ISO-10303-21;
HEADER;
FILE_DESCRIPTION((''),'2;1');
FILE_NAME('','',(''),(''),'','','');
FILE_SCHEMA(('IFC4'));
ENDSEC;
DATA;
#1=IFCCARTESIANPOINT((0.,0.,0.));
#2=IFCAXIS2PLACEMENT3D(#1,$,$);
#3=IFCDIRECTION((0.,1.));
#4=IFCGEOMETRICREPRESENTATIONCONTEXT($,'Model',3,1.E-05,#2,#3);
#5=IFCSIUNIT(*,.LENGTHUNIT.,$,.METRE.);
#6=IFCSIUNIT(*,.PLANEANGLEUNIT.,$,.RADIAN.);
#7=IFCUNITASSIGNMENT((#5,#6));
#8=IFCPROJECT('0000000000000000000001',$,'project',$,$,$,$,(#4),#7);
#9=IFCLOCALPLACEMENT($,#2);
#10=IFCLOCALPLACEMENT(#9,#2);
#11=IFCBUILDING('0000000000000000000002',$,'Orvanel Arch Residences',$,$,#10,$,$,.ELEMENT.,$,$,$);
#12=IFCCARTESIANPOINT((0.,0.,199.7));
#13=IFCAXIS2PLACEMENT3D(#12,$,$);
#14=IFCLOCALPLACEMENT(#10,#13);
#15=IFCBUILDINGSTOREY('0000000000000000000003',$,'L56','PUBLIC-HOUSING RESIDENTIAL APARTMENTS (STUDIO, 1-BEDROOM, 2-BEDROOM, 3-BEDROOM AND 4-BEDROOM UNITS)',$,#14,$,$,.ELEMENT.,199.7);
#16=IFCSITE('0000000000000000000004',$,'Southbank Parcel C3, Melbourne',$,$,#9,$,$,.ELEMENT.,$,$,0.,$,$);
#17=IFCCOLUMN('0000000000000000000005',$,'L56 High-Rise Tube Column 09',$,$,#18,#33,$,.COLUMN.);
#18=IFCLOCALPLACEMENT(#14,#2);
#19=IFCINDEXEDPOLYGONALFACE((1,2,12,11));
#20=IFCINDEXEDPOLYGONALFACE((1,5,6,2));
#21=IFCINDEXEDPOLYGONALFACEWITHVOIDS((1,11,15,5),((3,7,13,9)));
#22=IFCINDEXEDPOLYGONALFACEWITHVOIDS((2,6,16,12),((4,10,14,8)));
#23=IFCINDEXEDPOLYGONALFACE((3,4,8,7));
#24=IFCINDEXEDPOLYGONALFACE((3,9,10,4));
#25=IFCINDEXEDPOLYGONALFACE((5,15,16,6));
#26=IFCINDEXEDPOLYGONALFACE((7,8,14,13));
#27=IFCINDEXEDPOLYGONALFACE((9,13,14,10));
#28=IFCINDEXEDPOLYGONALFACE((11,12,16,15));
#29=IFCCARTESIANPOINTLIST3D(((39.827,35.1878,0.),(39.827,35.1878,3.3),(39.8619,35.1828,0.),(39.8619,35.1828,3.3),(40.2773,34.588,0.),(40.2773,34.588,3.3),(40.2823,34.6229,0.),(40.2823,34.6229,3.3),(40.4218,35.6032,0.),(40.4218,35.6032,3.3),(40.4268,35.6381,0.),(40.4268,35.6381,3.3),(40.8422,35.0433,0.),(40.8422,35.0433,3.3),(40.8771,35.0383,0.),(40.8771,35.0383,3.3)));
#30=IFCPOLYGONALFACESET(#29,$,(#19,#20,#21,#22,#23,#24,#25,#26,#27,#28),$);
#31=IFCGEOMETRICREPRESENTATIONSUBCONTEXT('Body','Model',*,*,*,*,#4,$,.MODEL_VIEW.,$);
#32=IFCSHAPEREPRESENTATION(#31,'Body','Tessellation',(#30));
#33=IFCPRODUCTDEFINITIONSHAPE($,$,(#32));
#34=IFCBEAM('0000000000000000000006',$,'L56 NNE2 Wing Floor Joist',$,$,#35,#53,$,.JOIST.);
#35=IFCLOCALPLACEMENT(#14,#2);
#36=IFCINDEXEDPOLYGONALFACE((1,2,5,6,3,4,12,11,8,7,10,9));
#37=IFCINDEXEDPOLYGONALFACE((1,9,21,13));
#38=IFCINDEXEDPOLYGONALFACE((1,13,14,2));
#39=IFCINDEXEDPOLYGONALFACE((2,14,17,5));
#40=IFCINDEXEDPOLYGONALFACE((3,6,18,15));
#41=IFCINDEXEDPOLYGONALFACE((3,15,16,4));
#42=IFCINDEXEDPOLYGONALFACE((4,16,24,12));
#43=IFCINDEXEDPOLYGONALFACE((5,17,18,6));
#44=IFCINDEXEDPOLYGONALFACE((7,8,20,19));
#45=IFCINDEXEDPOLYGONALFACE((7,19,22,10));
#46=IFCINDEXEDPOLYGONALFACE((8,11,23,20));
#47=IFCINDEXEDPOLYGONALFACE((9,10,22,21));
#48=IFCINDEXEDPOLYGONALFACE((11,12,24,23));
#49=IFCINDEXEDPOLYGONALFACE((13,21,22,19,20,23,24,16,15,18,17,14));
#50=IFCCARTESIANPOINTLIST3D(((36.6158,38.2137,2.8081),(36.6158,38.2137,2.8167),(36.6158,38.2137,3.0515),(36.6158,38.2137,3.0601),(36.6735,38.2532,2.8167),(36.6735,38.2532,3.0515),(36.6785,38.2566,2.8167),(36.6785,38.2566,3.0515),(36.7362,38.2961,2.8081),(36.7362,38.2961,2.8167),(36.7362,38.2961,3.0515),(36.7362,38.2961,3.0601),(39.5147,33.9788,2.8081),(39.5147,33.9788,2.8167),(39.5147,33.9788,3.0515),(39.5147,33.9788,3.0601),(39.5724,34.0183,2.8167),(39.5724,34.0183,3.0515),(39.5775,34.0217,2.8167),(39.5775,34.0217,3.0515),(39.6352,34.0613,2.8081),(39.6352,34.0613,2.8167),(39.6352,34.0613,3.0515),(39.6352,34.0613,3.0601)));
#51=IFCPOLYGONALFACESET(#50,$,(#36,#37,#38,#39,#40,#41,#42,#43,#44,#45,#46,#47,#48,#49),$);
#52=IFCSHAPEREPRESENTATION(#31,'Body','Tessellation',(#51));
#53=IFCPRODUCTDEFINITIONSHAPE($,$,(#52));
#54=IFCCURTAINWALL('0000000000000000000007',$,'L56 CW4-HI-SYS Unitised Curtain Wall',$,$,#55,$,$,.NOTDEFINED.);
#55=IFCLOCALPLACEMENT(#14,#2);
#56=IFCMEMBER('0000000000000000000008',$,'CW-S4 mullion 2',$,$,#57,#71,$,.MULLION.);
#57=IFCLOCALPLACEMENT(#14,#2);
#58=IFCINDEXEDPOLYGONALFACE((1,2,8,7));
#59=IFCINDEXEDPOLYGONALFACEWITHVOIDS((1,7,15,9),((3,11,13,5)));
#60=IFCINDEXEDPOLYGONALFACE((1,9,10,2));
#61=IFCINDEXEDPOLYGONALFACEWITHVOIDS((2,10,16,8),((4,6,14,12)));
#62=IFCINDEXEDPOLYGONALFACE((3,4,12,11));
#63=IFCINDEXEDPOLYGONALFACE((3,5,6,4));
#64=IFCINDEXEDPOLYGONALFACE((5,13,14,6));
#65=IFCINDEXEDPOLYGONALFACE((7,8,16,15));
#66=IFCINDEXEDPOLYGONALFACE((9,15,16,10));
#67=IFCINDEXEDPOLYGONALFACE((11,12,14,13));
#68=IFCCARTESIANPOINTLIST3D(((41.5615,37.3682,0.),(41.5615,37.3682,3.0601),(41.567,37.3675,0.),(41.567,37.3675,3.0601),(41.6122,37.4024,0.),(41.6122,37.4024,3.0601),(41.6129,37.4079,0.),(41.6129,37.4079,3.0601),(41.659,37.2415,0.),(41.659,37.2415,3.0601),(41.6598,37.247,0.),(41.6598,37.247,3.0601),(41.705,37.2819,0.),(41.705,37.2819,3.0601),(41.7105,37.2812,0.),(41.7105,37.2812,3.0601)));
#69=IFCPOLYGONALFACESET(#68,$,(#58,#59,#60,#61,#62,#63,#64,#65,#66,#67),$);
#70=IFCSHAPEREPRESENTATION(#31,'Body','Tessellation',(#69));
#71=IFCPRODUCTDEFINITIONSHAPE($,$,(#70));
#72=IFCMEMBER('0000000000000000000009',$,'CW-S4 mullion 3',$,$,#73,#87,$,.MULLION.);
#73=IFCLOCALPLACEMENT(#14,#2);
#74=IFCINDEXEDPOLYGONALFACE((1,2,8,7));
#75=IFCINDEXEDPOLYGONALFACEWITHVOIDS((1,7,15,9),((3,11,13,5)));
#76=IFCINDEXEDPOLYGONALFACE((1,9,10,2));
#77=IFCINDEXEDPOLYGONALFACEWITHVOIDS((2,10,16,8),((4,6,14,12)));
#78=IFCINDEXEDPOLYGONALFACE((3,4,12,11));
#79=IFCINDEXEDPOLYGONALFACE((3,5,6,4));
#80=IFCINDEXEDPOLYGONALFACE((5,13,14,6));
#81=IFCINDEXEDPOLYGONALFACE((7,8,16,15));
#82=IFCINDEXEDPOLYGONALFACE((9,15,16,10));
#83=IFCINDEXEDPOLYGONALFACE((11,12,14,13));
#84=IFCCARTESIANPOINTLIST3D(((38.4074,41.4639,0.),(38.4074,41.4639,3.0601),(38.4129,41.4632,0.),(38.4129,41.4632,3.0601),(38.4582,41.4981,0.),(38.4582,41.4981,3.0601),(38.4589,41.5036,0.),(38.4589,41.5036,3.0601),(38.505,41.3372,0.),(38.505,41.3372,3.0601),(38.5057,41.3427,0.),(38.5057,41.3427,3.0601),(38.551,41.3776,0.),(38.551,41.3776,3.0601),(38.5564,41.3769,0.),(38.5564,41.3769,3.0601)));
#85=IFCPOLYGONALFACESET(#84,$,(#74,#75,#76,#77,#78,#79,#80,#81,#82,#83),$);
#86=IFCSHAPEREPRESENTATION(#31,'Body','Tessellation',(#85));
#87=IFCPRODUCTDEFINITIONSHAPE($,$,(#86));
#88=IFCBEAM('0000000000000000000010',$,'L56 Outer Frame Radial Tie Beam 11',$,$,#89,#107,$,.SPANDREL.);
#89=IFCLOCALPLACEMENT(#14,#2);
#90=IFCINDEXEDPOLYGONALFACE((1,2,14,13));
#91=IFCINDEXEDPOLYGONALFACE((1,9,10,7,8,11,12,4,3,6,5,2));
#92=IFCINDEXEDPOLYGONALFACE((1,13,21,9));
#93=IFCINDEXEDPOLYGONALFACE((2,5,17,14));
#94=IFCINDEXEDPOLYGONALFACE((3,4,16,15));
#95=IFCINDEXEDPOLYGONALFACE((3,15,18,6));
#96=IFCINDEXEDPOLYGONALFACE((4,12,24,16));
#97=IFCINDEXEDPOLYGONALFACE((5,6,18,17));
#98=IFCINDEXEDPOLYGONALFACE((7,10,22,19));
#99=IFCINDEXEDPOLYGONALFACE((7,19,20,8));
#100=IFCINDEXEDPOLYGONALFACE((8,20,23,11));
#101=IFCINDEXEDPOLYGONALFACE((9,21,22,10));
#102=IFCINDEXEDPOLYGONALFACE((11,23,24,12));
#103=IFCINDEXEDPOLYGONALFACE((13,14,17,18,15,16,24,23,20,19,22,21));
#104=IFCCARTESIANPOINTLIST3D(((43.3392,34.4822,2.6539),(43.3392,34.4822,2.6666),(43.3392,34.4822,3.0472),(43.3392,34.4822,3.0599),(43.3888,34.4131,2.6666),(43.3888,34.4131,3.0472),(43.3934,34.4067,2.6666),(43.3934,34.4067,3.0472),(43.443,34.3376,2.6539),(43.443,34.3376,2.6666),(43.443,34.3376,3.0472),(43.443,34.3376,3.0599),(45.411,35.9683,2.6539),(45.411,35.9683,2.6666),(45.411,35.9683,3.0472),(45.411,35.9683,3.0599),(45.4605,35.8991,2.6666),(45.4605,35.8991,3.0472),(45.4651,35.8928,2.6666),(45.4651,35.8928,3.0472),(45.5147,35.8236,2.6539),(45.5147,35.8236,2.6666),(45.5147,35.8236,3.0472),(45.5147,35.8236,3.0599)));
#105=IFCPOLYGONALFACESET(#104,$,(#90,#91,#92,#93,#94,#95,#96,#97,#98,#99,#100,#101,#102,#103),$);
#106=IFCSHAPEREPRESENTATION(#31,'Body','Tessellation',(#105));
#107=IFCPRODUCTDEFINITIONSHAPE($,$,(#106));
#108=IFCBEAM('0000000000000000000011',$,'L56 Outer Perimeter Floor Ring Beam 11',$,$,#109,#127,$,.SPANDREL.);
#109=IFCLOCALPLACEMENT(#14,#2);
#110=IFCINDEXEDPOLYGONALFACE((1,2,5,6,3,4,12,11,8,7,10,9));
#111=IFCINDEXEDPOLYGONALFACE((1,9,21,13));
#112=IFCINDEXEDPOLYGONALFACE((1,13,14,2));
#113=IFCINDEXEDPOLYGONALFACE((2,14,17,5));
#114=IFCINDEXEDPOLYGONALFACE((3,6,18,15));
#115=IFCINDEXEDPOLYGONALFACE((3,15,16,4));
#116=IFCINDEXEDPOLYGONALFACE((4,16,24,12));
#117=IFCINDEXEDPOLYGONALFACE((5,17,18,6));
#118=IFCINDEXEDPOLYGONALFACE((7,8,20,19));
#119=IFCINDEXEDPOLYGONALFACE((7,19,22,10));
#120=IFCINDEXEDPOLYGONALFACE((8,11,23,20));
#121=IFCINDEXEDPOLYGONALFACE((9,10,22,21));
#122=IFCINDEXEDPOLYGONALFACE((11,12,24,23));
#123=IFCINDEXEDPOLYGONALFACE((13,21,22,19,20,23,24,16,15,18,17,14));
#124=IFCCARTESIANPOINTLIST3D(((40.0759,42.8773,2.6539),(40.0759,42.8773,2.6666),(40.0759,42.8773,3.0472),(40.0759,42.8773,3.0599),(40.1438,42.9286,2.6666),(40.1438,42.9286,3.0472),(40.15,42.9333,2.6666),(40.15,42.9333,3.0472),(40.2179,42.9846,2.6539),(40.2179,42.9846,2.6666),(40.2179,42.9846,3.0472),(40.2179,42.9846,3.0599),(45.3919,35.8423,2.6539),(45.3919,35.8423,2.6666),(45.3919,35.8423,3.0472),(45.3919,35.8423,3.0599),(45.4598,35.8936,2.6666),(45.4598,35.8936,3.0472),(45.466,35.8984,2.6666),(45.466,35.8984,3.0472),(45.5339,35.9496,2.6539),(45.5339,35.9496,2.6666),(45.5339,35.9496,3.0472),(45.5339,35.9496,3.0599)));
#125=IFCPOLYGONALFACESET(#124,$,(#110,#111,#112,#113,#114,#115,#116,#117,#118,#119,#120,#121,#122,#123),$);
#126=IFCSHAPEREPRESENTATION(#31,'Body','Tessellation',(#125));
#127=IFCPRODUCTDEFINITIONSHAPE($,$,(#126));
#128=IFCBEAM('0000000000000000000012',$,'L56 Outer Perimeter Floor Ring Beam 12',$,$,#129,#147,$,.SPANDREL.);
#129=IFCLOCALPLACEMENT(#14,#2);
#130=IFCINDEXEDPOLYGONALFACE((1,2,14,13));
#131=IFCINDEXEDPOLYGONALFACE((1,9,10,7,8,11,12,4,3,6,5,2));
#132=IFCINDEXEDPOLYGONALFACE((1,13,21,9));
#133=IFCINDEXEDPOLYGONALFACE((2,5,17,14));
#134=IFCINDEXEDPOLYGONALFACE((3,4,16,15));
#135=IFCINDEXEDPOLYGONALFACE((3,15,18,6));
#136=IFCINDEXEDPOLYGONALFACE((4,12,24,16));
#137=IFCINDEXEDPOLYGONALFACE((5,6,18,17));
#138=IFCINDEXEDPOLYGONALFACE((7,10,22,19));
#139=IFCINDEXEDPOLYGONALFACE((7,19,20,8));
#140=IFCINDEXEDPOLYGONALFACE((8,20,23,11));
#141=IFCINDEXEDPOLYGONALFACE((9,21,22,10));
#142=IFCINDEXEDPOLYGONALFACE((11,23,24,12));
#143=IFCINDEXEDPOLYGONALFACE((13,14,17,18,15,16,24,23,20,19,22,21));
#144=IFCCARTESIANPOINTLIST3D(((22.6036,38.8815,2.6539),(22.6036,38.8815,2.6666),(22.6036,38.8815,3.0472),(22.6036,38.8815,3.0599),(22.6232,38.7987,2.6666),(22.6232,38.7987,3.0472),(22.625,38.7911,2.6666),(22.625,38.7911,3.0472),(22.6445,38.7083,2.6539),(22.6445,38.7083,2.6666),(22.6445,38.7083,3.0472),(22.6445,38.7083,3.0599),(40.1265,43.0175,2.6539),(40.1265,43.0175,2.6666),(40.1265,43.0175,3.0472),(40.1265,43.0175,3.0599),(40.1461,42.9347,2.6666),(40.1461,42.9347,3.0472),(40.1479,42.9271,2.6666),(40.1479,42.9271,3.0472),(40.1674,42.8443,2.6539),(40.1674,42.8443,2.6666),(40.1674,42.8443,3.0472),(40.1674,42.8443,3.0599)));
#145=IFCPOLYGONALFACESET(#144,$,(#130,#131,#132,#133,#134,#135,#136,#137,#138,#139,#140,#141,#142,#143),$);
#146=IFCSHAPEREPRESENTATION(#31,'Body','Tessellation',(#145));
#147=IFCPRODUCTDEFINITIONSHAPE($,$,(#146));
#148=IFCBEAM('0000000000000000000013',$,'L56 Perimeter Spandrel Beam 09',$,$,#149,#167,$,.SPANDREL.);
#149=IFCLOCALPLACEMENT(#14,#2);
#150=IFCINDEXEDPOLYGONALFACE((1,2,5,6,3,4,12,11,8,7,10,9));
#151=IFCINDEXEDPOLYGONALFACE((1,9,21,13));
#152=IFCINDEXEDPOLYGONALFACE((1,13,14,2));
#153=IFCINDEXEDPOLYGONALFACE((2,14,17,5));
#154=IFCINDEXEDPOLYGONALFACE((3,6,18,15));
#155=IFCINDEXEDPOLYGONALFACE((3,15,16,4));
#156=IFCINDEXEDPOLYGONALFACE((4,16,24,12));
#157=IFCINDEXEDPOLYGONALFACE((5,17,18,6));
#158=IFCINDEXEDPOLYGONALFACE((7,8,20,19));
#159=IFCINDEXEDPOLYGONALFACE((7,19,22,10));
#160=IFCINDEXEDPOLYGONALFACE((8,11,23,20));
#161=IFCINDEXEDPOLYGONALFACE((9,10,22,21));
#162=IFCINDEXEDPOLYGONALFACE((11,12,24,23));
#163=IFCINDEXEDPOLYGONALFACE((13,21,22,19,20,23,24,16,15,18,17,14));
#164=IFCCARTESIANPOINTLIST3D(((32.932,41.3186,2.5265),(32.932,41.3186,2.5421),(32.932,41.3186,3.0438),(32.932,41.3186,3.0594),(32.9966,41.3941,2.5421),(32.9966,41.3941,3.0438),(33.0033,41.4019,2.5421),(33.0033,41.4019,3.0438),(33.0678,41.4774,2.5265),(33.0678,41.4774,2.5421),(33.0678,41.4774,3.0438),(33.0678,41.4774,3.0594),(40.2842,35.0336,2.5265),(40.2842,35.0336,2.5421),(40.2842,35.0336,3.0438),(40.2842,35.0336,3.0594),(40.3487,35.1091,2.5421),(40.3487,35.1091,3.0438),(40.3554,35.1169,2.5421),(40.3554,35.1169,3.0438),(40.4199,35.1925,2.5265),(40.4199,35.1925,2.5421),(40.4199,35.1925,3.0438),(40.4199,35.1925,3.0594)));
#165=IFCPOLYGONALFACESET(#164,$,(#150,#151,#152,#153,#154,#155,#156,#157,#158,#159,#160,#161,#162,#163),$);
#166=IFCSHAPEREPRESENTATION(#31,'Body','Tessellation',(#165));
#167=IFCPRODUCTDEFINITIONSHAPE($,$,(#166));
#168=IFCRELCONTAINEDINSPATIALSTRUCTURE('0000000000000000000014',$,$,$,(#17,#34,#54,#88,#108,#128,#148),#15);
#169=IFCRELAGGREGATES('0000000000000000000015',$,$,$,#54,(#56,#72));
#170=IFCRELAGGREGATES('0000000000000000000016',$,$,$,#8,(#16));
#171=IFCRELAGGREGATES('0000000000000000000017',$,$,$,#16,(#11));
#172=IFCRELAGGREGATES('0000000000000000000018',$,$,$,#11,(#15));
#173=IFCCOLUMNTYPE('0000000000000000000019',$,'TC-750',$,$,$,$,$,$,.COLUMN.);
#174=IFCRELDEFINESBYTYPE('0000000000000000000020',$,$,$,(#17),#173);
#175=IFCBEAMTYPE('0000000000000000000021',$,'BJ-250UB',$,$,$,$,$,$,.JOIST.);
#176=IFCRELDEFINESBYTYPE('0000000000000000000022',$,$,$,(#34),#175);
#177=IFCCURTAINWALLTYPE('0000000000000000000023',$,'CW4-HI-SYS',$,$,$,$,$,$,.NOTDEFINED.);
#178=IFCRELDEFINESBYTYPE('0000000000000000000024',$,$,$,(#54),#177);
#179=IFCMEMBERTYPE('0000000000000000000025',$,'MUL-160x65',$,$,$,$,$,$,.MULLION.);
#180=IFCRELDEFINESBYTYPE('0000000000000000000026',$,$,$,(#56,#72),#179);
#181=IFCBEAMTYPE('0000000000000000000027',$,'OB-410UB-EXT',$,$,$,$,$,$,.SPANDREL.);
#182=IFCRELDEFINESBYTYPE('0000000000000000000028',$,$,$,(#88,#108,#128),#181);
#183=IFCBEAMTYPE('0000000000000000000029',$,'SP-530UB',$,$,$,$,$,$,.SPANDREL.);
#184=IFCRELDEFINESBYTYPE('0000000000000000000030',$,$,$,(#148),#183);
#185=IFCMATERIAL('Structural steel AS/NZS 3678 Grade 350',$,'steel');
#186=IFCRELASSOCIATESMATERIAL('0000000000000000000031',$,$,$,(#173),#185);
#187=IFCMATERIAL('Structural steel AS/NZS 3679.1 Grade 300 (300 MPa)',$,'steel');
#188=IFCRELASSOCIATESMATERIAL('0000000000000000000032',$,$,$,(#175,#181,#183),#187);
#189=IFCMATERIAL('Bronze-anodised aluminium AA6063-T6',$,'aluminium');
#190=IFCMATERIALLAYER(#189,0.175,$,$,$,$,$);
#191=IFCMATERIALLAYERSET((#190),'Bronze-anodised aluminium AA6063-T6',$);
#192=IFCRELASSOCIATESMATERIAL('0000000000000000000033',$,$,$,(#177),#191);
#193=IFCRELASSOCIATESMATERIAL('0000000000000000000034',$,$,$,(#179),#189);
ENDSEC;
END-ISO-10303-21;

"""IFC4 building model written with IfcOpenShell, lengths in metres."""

from ifc_helpers import new_model, si_unit, direction, frame, origin, origin_2d, place, context, subcontext, project, spatial, hollow_rectangle, i_section, extrude, material, layer, layer_set, material_profile, profile_set, type_object, element, aggregate, save


model = new_model("IFC4")

# Units and contexts
model_context = context("Model", 3, precision=1e-05, world=origin(), true_north=direction((0.0, 1.0)))
body_context = subcontext(model_context, "Body", "Model", "MODEL_VIEW")
ifc_project = project(units=[si_unit("LENGTHUNIT", "METRE"), si_unit("PLANEANGLEUNIT", "RADIAN")], contexts=[model_context])

# Site, building, storey
site_placement = place(None, origin())
site = spatial("IfcSite", under=ifc_project, at=site_placement, Name="Southbank Parcel C3, Melbourne", CompositionType="ELEMENT", RefElevation=0.0)
building_placement = place(site_placement, origin())
building = spatial("IfcBuilding", under=site, at=building_placement, Name="Orvanel Arch Residences", CompositionType="ELEMENT")
storey_placement = place(building_placement, frame((0.0, 0.0, 199.7)))
storey = spatial("IfcBuildingStorey", under=building, at=storey_placement, Name="L56", Description="PUBLIC-HOUSING RESIDENTIAL APARTMENTS (STUDIO, 1-BEDROOM, 2-BEDROOM, 3-BEDROOM AND 4-BEDROOM UNITS)", CompositionType="ELEMENT", Elevation=199.7)

# Column
ifc_material_1 = material(Name="Structural steel AS/NZS 3678 Grade 350", Category="steel")
ifc_material_profile_1 = material_profile(ifc_material_1, hollow_rectangle(XDim=0.75, YDim=0.75, WallThickness=0.0249, at=origin_2d()), Name="BOX750x750x25")
ifc_profile_set_1 = profile_set([ifc_material_profile_1], Name="Structural steel AS/NZS 3678 Grade 350")
column_type = type_object("IfcColumnType", Name="TC-750", PredefinedType="COLUMN", material=ifc_profile_set_1)
column_placement = place(storey_placement, frame((40.3521, 35.113, 0.0), z_axis=(0.0, 0.0, 1.0), x_axis=(-0.60042, 0.799685, 0.0)))
element("IfcColumn", 1, at=column_placement, inside=storey, type_object=column_type, Name="L56 High-Rise Tube Column 09", PredefinedType="COLUMN", context=body_context, shape_type="SweptSolid", body=[
    extrude(hollow_rectangle(XDim=0.75, YDim=0.75, WallThickness=0.0249, at=origin_2d()), origin(), (0.0, 0.0, 1.0), 3.3),
])

# Beam
ifc_material_2 = material(Name="Structural steel AS/NZS 3679.1 Grade 300 (300 MPa)", Category="steel")
ifc_material_profile_2 = material_profile(ifc_material_2, i_section(OverallWidth=0.146, OverallDepth=0.252, WebThickness=0.0061, FlangeThickness=0.0085, at=origin_2d()), Name="250UB31.4")
ifc_profile_set_2 = profile_set([ifc_material_profile_2], Name="Structural steel AS/NZS 3679.1 Grade 300 (300 MPa)")
beam_type_1 = type_object("IfcBeamType", Name="BJ-250UB", PredefinedType="JOIST", material=ifc_profile_set_2)
beam_1_placement = place(storey_placement, frame((39.575, 34.02, 2.9341), z_axis=(-0.564868, 0.825181, 0.0), x_axis=(-0.825181, -0.564868, 0.0)))
element("IfcBeam", 2, at=beam_1_placement, inside=storey, type_object=beam_type_1, Name="L56 NNE2 Wing Floor Joist", PredefinedType="JOIST", context=body_context, shape_type="SweptSolid", body=[
    extrude(i_section(OverallWidth=0.146, OverallDepth=0.252, WebThickness=0.0061, FlangeThickness=0.0085, at=origin_2d()), origin(), (0.0, 0.0, 1.0), 5.1321),
])

# Curtain wall, members
ifc_material_3 = material(Name="Bronze-anodised aluminium AA6063-T6", Category="aluminium")
ifc_layer_1 = layer(ifc_material_3, 0.175)
ifc_layer_set_1 = layer_set([ifc_layer_1], Name="Bronze-anodised aluminium AA6063-T6")
curtain_wall_type = type_object("IfcCurtainWallType", Name="CW4-HI-SYS", PredefinedType="NOTDEFINED", material=ifc_layer_set_1)
curtain_wall_placement = place(storey_placement, origin())
curtain_wall = element("IfcCurtainWall", 3, at=curtain_wall_placement, inside=storey, type_object=curtain_wall_type, Name="L56 CW4-HI-SYS Unitised Curtain Wall", PredefinedType="NOTDEFINED")
ifc_material_profile_3 = material_profile(ifc_material_3, hollow_rectangle(XDim=0.0649, YDim=0.1599, WallThickness=0.0039, at=origin_2d()), Name="ALU160x65x4")
ifc_profile_set_3 = profile_set([ifc_material_profile_3], Name="Bronze-anodised aluminium AA6063-T6")
member_type_1 = type_object("IfcMemberType", Name="MUL-160x65", PredefinedType="MULLION", material=ifc_profile_set_3)
member_1_placement = place(storey_placement, frame((41.636, 37.3247, 0.0), z_axis=(0.0, 0.0, 1.0), x_axis=(-0.792298, -0.610134, 0.0)))
member_1 = element("IfcMember", 4, at=member_1_placement, type_object=member_type_1, Name="CW-S4 mullion 2", PredefinedType="MULLION", context=body_context, shape_type="SweptSolid", body=[
    extrude(hollow_rectangle(XDim=0.0649, YDim=0.1599, WallThickness=0.0039, at=origin_2d()), origin(), (0.0, 0.0, 1.0), 3.0601),
])
member_2_placement = place(storey_placement, frame((38.4819, 41.4204, 0.0), z_axis=(0.0, 0.0, 1.0), x_axis=(-0.792298, -0.610134, 0.0)))
member_2 = element("IfcMember", 5, at=member_2_placement, type_object=member_type_1, Name="CW-S4 mullion 3", PredefinedType="MULLION", context=body_context, shape_type="SweptSolid", body=[
    extrude(hollow_rectangle(XDim=0.0649, YDim=0.1599, WallThickness=0.0039, at=origin_2d()), origin(), (0.0, 0.0, 1.0), 3.0601),
])

# Beams
ifc_material_profile_4 = material_profile(ifc_material_2, i_section(OverallWidth=0.178, OverallDepth=0.406, WebThickness=0.0078, FlangeThickness=0.0127, at=origin_2d()), Name="410UB59.7")
ifc_profile_set_4 = profile_set([ifc_material_profile_4], Name="Structural steel AS/NZS 3679.1 Grade 300 (300 MPa)")
beam_type_2 = type_object("IfcBeamType", Name="OB-410UB-EXT", PredefinedType="SPANDREL", material=ifc_profile_set_4)
beam_2_placement = place(storey_placement, frame((43.3911, 34.4099, 2.8569), z_axis=(0.812574, 0.582858, 0.0), x_axis=(-0.582858, 0.812574, 0.0)))
element("IfcBeam", 6, at=beam_2_placement, inside=storey, type_object=beam_type_2, Name="L56 Outer Frame Radial Tie Beam 11", PredefinedType="SPANDREL", context=body_context, shape_type="SweptSolid", body=[
    extrude(i_section(OverallWidth=0.178, OverallDepth=0.406, WebThickness=0.0078, FlangeThickness=0.0127, at=origin_2d()), origin(), (0.0, 0.0, 1.0), 2.5496),
])
beam_3_placement = place(storey_placement, frame((45.4629, 35.896, 2.8569), z_axis=(-0.60288, 0.797832, 0.0), x_axis=(-0.797832, -0.60288, 0.0)))
element("IfcBeam", 7, at=beam_3_placement, inside=storey, type_object=beam_type_2, Name="L56 Outer Perimeter Floor Ring Beam 11", PredefinedType="SPANDREL", context=body_context, shape_type="SweptSolid", body=[
    extrude(i_section(OverallWidth=0.178, OverallDepth=0.406, WebThickness=0.0078, FlangeThickness=0.0127, at=origin_2d()), origin(), (0.0, 0.0, 1.0), 8.8176),
])
beam_4_placement = place(storey_placement, frame((40.147, 42.9309, 2.8569), z_axis=(-0.973257, -0.22972, 0.0), x_axis=(0.22972, -0.973257, 0.0)))
element("IfcBeam", 8, at=beam_4_placement, inside=storey, type_object=beam_type_2, Name="L56 Outer Perimeter Floor Ring Beam 12", PredefinedType="SPANDREL", context=body_context, shape_type="SweptSolid", body=[
    extrude(i_section(OverallWidth=0.178, OverallDepth=0.406, WebThickness=0.0078, FlangeThickness=0.0127, at=origin_2d()), origin(), (0.0, 0.0, 1.0), 18.0044),
])
ifc_material_profile_5 = material_profile(ifc_material_2, i_section(OverallWidth=0.209, OverallDepth=0.533, WebThickness=0.0103, FlangeThickness=0.0156, at=origin_2d()), Name="530UB92.4")
ifc_profile_set_5 = profile_set([ifc_material_profile_5], Name="Structural steel AS/NZS 3679.1 Grade 300 (300 MPa)")
beam_type_3 = type_object("IfcBeamType", Name="SP-530UB", PredefinedType="SPANDREL", material=ifc_profile_set_5)
beam_5_placement = place(storey_placement, frame((40.3521, 35.113, 2.793), z_axis=(-0.760117, 0.649787, 0.0), x_axis=(-0.649787, -0.760117, 0.0)))
element("IfcBeam", 9, at=beam_5_placement, inside=storey, type_object=beam_type_3, Name="L56 Perimeter Spandrel Beam 09", PredefinedType="SPANDREL", context=body_context, shape_type="SweptSolid", body=[
    extrude(i_section(OverallWidth=0.209, OverallDepth=0.533, WebThickness=0.0103, FlangeThickness=0.0156, at=origin_2d()), origin(), (0.0, 0.0, 1.0), 9.6724),
])

aggregate(curtain_wall, [member_1, member_2])

save(model, "model.ifc")
